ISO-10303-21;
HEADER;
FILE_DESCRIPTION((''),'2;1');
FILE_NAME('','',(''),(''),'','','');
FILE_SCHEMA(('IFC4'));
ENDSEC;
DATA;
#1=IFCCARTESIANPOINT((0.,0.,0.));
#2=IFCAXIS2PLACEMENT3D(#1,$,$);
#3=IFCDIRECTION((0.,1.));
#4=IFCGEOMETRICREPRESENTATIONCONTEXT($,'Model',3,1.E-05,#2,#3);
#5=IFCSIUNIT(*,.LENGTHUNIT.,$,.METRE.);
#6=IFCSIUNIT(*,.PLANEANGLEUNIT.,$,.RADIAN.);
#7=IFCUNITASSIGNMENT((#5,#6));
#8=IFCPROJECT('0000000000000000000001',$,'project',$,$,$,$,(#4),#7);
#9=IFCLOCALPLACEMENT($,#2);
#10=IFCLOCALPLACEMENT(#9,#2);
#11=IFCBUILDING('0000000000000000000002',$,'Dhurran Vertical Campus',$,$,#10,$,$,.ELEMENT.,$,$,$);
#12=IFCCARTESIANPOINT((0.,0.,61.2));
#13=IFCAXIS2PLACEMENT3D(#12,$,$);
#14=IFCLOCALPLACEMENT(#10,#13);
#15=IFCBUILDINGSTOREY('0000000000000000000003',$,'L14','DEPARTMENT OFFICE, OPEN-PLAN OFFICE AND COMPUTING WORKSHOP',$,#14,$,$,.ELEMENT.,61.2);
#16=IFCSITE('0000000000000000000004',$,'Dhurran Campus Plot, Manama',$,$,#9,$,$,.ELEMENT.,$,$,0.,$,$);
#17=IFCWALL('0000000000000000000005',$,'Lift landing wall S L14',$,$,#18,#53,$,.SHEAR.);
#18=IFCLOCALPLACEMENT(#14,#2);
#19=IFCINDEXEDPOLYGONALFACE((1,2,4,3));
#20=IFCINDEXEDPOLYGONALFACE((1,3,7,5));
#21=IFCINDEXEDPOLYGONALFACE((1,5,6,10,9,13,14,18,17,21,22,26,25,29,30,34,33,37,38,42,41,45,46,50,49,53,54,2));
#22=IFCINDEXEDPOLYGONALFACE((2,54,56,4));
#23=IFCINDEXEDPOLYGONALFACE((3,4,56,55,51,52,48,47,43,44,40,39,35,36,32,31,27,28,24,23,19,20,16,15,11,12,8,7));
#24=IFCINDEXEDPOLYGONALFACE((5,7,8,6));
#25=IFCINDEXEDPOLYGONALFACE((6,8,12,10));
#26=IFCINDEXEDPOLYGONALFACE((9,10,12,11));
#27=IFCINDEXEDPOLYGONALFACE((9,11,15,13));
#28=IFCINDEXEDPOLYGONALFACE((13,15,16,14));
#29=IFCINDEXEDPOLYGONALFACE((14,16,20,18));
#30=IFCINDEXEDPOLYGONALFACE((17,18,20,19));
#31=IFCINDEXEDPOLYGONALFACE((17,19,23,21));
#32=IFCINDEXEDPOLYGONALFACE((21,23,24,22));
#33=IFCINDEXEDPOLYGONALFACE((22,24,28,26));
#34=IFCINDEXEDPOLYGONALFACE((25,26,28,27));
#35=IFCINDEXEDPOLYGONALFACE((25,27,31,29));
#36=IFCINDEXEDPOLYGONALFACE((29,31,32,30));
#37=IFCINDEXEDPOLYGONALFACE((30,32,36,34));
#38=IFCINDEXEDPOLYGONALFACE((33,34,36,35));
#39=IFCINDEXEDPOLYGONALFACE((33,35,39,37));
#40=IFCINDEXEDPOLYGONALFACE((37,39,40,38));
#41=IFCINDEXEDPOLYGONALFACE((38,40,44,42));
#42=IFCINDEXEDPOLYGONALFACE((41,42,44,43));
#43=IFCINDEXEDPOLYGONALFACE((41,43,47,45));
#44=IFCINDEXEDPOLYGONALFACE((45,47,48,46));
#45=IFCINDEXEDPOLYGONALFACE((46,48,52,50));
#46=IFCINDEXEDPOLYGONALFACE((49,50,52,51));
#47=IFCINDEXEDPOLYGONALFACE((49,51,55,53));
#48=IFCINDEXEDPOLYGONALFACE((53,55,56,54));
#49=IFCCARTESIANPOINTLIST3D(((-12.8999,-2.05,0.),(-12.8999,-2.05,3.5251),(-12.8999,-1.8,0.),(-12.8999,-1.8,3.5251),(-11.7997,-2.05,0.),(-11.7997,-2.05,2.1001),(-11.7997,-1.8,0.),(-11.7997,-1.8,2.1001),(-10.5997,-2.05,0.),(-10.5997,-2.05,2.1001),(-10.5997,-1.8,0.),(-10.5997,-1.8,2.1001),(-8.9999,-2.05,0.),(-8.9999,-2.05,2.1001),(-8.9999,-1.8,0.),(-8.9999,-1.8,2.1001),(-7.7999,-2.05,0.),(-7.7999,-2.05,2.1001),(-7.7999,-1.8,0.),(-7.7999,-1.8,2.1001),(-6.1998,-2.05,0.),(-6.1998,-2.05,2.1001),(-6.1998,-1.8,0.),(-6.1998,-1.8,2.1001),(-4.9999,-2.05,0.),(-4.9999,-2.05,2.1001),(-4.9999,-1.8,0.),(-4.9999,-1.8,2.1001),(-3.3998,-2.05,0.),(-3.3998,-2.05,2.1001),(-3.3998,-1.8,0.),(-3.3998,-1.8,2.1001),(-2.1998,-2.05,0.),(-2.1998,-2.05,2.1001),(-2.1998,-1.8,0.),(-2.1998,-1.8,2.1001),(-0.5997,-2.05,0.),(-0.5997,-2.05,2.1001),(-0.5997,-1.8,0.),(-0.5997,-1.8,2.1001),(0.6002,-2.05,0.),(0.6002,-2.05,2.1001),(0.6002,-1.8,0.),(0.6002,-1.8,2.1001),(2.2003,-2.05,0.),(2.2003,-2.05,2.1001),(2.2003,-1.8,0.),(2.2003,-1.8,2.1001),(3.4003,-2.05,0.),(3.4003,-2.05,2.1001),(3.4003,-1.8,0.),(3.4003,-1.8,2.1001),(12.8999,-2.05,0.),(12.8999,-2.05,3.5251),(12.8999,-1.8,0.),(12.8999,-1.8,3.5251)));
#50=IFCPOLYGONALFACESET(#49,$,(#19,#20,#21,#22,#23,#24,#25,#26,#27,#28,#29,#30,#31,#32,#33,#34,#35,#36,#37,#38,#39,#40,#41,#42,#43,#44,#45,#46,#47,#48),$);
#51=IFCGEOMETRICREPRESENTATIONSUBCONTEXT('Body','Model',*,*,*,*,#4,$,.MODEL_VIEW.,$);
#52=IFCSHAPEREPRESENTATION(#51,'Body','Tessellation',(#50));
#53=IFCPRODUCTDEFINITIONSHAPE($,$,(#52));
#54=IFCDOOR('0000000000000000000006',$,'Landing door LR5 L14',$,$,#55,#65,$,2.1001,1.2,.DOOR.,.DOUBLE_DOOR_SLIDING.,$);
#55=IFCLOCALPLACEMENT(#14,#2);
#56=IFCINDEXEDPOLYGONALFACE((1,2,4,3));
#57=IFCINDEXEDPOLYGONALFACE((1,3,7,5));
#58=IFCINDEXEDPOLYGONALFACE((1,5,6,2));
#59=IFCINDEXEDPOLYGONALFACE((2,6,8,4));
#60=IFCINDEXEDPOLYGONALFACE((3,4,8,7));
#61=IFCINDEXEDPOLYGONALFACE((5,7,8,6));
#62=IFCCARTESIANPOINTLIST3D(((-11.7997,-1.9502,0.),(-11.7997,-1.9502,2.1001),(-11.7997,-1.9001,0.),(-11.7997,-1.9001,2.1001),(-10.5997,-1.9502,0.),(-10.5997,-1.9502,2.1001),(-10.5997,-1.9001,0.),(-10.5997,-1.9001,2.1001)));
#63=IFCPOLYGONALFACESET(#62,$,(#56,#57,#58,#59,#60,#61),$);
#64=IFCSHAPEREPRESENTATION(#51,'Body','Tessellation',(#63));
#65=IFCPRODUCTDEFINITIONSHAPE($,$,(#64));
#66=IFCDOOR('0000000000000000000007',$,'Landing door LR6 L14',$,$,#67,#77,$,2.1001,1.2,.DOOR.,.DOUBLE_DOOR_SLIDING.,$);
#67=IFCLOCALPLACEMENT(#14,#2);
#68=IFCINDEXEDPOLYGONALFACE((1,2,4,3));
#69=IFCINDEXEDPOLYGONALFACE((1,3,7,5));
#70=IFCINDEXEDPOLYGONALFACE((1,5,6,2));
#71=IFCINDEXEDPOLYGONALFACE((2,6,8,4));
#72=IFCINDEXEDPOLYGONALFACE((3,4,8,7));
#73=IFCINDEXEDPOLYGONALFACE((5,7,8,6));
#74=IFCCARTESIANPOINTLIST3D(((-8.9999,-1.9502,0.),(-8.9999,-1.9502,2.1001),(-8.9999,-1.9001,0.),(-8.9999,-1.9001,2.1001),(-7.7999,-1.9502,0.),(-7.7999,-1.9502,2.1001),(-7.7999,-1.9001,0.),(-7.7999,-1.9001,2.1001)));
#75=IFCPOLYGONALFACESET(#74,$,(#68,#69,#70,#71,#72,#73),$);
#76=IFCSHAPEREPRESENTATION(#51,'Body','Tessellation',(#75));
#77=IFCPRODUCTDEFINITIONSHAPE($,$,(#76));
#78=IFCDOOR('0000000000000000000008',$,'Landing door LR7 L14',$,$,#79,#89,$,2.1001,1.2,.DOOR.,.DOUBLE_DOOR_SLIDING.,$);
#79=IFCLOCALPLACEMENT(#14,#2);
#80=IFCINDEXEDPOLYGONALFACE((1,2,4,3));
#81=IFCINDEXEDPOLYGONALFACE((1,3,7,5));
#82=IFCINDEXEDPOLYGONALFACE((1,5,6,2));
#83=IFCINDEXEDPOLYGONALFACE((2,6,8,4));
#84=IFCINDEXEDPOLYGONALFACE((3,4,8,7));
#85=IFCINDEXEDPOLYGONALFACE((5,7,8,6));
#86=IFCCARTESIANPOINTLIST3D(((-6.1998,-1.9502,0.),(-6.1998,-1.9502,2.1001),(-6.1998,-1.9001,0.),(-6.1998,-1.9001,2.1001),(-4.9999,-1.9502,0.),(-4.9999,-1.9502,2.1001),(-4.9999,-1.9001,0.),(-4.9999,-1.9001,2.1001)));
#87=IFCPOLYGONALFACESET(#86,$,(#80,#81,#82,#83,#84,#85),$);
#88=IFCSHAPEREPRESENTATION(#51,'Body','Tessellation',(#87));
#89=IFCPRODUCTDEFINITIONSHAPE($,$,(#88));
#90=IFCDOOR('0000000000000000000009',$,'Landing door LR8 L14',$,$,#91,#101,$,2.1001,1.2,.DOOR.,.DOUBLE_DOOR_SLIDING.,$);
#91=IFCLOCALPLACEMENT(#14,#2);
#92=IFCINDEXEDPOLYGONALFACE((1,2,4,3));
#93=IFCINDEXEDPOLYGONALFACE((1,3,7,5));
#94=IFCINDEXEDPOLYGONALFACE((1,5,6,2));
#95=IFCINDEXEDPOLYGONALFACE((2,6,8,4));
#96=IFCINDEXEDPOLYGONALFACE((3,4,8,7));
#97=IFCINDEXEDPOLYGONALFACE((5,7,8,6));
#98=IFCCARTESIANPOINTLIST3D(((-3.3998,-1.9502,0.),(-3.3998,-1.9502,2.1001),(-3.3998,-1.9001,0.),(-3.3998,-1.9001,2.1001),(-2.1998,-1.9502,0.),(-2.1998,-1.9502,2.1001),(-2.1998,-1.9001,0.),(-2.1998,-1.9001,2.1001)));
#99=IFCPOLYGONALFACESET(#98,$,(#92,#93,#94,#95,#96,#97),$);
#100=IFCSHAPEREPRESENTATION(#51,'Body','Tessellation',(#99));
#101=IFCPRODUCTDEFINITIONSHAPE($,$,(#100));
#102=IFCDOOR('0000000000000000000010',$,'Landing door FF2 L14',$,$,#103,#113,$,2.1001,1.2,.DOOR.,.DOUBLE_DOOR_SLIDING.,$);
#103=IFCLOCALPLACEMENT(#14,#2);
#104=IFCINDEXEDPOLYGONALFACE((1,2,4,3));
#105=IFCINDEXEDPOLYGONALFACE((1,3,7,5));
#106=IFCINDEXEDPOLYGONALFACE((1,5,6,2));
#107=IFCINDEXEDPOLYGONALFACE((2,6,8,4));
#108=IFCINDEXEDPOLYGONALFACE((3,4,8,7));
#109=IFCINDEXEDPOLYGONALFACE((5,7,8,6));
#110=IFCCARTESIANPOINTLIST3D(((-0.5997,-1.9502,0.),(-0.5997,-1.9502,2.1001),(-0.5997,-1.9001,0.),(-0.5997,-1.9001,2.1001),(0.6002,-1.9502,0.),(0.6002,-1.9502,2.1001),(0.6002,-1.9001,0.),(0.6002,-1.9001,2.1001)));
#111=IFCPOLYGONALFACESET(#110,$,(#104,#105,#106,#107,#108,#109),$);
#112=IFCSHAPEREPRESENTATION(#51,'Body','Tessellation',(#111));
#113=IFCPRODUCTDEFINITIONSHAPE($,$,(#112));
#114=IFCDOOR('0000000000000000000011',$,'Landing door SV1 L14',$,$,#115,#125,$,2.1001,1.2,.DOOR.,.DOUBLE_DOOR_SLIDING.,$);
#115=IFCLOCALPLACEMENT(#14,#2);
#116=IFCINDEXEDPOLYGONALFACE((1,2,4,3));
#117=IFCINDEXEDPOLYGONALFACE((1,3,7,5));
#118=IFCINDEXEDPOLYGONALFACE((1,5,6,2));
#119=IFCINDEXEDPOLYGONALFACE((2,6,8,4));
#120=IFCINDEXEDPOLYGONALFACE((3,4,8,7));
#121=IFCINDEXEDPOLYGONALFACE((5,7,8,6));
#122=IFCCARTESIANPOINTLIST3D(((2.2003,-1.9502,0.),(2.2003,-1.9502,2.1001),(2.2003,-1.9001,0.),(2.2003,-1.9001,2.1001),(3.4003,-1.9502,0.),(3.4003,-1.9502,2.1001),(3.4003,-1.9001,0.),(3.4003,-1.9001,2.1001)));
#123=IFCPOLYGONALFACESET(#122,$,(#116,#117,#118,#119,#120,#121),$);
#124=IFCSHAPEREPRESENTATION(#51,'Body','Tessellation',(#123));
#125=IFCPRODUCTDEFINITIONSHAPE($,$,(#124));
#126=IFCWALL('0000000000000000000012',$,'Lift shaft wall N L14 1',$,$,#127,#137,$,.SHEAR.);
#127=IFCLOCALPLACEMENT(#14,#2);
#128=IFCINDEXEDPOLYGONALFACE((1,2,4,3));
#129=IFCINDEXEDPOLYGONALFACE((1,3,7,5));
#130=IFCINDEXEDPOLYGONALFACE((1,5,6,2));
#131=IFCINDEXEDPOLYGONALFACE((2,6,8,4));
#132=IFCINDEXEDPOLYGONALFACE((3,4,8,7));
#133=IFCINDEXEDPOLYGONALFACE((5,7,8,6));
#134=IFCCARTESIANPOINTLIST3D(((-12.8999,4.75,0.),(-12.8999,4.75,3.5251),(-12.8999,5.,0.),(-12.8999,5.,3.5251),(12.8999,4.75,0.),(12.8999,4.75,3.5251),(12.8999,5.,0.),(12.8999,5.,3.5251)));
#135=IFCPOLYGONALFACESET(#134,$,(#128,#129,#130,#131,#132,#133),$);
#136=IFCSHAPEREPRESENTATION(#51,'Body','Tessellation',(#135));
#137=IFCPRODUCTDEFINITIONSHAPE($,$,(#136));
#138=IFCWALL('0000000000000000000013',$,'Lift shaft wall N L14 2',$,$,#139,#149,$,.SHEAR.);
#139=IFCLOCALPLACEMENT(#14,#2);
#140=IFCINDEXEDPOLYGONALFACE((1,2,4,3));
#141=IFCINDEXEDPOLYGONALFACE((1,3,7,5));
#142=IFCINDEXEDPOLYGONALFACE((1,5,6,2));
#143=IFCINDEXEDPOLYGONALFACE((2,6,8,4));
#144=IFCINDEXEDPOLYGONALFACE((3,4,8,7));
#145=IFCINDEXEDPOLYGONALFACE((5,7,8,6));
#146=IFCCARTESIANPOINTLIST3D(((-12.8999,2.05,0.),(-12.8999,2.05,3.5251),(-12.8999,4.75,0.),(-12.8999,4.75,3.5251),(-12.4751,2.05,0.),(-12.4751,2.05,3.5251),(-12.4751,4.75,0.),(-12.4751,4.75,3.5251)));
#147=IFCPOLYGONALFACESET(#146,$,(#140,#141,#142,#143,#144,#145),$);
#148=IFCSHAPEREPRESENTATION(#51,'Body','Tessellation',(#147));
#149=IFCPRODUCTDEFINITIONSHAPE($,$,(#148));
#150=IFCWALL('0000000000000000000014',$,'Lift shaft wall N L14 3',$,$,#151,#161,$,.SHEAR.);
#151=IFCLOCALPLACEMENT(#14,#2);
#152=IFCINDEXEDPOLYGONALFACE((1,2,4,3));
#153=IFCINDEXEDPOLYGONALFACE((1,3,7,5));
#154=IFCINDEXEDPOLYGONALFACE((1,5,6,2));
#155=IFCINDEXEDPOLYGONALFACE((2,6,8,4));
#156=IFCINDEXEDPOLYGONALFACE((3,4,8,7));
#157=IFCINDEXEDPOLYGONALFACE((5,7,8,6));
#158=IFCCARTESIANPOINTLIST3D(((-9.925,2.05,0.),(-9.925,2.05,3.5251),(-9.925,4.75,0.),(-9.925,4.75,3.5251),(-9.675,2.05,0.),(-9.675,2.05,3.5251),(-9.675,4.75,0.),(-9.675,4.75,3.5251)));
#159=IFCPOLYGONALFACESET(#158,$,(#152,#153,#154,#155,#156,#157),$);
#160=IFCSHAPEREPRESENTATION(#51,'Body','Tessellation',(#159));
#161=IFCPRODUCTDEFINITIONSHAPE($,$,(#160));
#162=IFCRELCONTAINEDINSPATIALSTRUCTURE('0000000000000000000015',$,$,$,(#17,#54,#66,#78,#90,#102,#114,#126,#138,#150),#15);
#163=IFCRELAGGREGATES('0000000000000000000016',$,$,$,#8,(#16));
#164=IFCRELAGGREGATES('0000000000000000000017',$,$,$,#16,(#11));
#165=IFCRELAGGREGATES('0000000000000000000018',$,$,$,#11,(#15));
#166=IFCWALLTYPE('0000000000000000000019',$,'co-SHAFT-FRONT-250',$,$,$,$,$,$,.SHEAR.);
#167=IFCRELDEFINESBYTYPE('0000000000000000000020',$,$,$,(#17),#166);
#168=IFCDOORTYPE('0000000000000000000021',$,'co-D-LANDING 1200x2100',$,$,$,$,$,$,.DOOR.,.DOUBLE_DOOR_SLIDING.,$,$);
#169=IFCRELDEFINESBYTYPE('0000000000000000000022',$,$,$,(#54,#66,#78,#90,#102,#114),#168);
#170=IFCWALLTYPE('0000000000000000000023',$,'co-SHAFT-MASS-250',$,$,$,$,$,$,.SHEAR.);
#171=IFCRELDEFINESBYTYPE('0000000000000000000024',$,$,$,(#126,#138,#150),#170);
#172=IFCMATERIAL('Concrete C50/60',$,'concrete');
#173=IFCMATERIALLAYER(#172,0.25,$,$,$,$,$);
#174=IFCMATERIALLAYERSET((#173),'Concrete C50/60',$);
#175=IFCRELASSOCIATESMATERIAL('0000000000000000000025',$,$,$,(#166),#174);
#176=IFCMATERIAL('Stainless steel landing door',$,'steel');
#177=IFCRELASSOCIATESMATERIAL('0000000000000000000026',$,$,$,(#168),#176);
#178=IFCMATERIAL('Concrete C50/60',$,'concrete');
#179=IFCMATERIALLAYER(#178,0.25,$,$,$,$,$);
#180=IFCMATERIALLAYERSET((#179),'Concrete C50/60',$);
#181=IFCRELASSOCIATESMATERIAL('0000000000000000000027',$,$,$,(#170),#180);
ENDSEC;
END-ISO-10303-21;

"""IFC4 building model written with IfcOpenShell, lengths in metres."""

from ifc_helpers import new_model, si_unit, direction, frame, frame_2d, origin, place, context, subcontext, project, spatial, polyline, rectangle, outline, extrude, material, layer, layer_set, type_object, element, fill, save


model = new_model("IFC4")

# Units and contexts
model_context = context("Model", 3, precision=1e-05, world=origin(), true_north=direction((0.0, 1.0)))
body_context = subcontext(model_context, "Body", "Model", "MODEL_VIEW")
ifc_project = project(units=[si_unit("LENGTHUNIT", "METRE"), si_unit("PLANEANGLEUNIT", "RADIAN")], contexts=[model_context])

# Site, building, storey
site_placement = place(None, origin())
site = spatial("IfcSite", under=ifc_project, at=site_placement, Name="Dhurran Campus Plot, Manama", CompositionType="ELEMENT", RefElevation=0.0)
building_placement = place(site_placement, origin())
building = spatial("IfcBuilding", under=site, at=building_placement, Name="Dhurran Vertical Campus", CompositionType="ELEMENT")
storey_placement = place(building_placement, frame((0.0, 0.0, 61.2)))
storey = spatial("IfcBuildingStorey", under=building, at=storey_placement, Name="L14", Description="DEPARTMENT OFFICE, OPEN-PLAN OFFICE AND COMPUTING WORKSHOP", CompositionType="ELEMENT", Elevation=61.2)

# Wall, openings, doors
ifc_material_1 = material(Name="Concrete C50/60", Category="concrete")
ifc_layer_1 = layer(ifc_material_1, 0.25)
ifc_layer_set_1 = layer_set([ifc_layer_1], Name="Concrete C50/60")
wall_type_1 = type_object("IfcWallType", Name="co-SHAFT-FRONT-250", PredefinedType="SHEAR", material=ifc_layer_set_1)
wall_1_placement = place(storey_placement, frame((-12.8999, -1.925, 0.0), z_axis=(0.0, 0.0, 1.0), x_axis=(1.0, 0.0, 0.0)))
wall_1 = element("IfcWall", 1, at=wall_1_placement, inside=storey, type_object=wall_type_1, Name="Lift landing wall S L14", PredefinedType="SHEAR", context=body_context, shape_type="SweptSolid", body=[
    extrude(rectangle(XDim=25.7998, YDim=0.25, at=frame_2d((12.8999, 0.0))), origin(), (0.0, 0.0, 1.0), 3.5251),
])
opening_1_placement = place(wall_1_placement, frame((1.1001, 0.0, 0.0)))
opening_1 = element("IfcOpeningElement", 2, at=opening_1_placement, cuts=wall_1, PredefinedType="OPENING", context=body_context, shape_type="SweptSolid", body=[
    extrude(rectangle(XDim=1.2, YDim=2.1001, at=frame_2d((0.6001, 1.05))), frame((0.0, 0.135, 0.0), z_axis=(0.0, -1.0, 0.0), x_axis=(1.0, 0.0, 0.0)), (0.0, 0.0, 1.0), 0.27),
])
opening_2_placement = place(wall_1_placement, frame((3.8999, 0.0, 0.0)))
opening_2 = element("IfcOpeningElement", 3, at=opening_2_placement, cuts=wall_1, PredefinedType="OPENING", context=body_context, shape_type="SweptSolid", body=[
    extrude(rectangle(XDim=1.2, YDim=2.1001, at=frame_2d((0.6001, 1.05))), frame((0.0, 0.135, 0.0), z_axis=(0.0, -1.0, 0.0), x_axis=(1.0, 0.0, 0.0)), (0.0, 0.0, 1.0), 0.27),
])
opening_3_placement = place(wall_1_placement, frame((6.7, 0.0, 0.0)))
opening_3 = element("IfcOpeningElement", 4, at=opening_3_placement, cuts=wall_1, PredefinedType="OPENING", context=body_context, shape_type="SweptSolid", body=[
    extrude(rectangle(XDim=1.2, YDim=2.1001, at=frame_2d((0.6001, 1.05))), frame((0.0, 0.135, 0.0), z_axis=(0.0, -1.0, 0.0), x_axis=(1.0, 0.0, 0.0)), (0.0, 0.0, 1.0), 0.27),
])
opening_4_placement = place(wall_1_placement, frame((9.5, 0.0, 0.0)))
opening_4 = element("IfcOpeningElement", 5, at=opening_4_placement, cuts=wall_1, PredefinedType="OPENING", context=body_context, shape_type="SweptSolid", body=[
    extrude(rectangle(XDim=1.2, YDim=2.1001, at=frame_2d((0.6001, 1.05))), frame((0.0, 0.135, 0.0), z_axis=(0.0, -1.0, 0.0), x_axis=(1.0, 0.0, 0.0)), (0.0, 0.0, 1.0), 0.27),
])
opening_5_placement = place(wall_1_placement, frame((12.3, 0.0, 0.0)))
opening_5 = element("IfcOpeningElement", 6, at=opening_5_placement, cuts=wall_1, PredefinedType="OPENING", context=body_context, shape_type="SweptSolid", body=[
    extrude(rectangle(XDim=1.2, YDim=2.1001, at=frame_2d((0.6001, 1.05))), frame((0.0, 0.135, 0.0), z_axis=(0.0, -1.0, 0.0), x_axis=(1.0, 0.0, 0.0)), (0.0, 0.0, 1.0), 0.27),
])
opening_6_placement = place(wall_1_placement, frame((15.1001, 0.0, 0.0)))
opening_6 = element("IfcOpeningElement", 7, at=opening_6_placement, cuts=wall_1, PredefinedType="OPENING", context=body_context, shape_type="SweptSolid", body=[
    extrude(rectangle(XDim=1.2, YDim=2.1001, at=frame_2d((0.6001, 1.05))), frame((0.0, 0.135, 0.0), z_axis=(0.0, -1.0, 0.0), x_axis=(1.0, 0.0, 0.0)), (0.0, 0.0, 1.0), 0.27),
])
ifc_material_2 = material(Name="Stainless steel landing door", Category="steel")
door_type_1 = type_object("IfcDoorType", Name="co-D-LANDING 1200x2100", OperationType="DOUBLE_DOOR_SLIDING", PredefinedType="DOOR", material=ifc_material_2)
door_1_placement = place(opening_1_placement, origin())
door_1 = element("IfcDoor", 8, at=door_1_placement, inside=storey, type_object=door_type_1, Name="Landing door LR5 L14", OperationType="DOUBLE_DOOR_SLIDING", OverallHeight=2.1001, OverallWidth=1.2, PredefinedType="DOOR", context=body_context, shape_type="SweptSolid", body=[
    extrude(rectangle(XDim=1.2, YDim=2.1001, at=frame_2d((0.6001, 1.05))), frame((0.0, 0.0249, 0.0), z_axis=(0.0, -1.0, 0.0), x_axis=(1.0, 0.0, 0.0)), (0.0, 0.0, 1.0), 0.05),
])
fill(opening_1, door_1)
door_2_placement = place(opening_2_placement, origin())
door_2 = element("IfcDoor", 9, at=door_2_placement, inside=storey, type_object=door_type_1, Name="Landing door LR6 L14", OperationType="DOUBLE_DOOR_SLIDING", OverallHeight=2.1001, OverallWidth=1.2, PredefinedType="DOOR", context=body_context, shape_type="SweptSolid", body=[
    extrude(rectangle(XDim=1.2, YDim=2.1001, at=frame_2d((0.6001, 1.05))), frame((0.0, 0.0249, 0.0), z_axis=(0.0, -1.0, 0.0), x_axis=(1.0, 0.0, 0.0)), (0.0, 0.0, 1.0), 0.05),
])
fill(opening_2, door_2)
door_3_placement = place(opening_3_placement, origin())
door_3 = element("IfcDoor", 10, at=door_3_placement, inside=storey, type_object=door_type_1, Name="Landing door LR7 L14", OperationType="DOUBLE_DOOR_SLIDING", OverallHeight=2.1001, OverallWidth=1.2, PredefinedType="DOOR", context=body_context, shape_type="SweptSolid", body=[
    extrude(rectangle(XDim=1.2, YDim=2.1001, at=frame_2d((0.6001, 1.05))), frame((0.0, 0.0249, 0.0), z_axis=(0.0, -1.0, 0.0), x_axis=(1.0, 0.0, 0.0)), (0.0, 0.0, 1.0), 0.05),
])
fill(opening_3, door_3)
door_4_placement = place(opening_4_placement, origin())
door_4 = element("IfcDoor", 11, at=door_4_placement, inside=storey, type_object=door_type_1, Name="Landing door LR8 L14", OperationType="DOUBLE_DOOR_SLIDING", OverallHeight=2.1001, OverallWidth=1.2, PredefinedType="DOOR", context=body_context, shape_type="SweptSolid", body=[
    extrude(rectangle(XDim=1.2, YDim=2.1001, at=frame_2d((0.6001, 1.05))), frame((0.0, 0.0249, 0.0), z_axis=(0.0, -1.0, 0.0), x_axis=(1.0, 0.0, 0.0)), (0.0, 0.0, 1.0), 0.05),
])
fill(opening_4, door_4)
door_5_placement = place(opening_5_placement, origin())
door_5 = element("IfcDoor", 12, at=door_5_placement, inside=storey, type_object=door_type_1, Name="Landing door FF2 L14", OperationType="DOUBLE_DOOR_SLIDING", OverallHeight=2.1001, OverallWidth=1.2, PredefinedType="DOOR", context=body_context, shape_type="SweptSolid", body=[
    extrude(rectangle(XDim=1.2, YDim=2.1001, at=frame_2d((0.6001, 1.05))), frame((0.0, 0.0249, 0.0), z_axis=(0.0, -1.0, 0.0), x_axis=(1.0, 0.0, 0.0)), (0.0, 0.0, 1.0), 0.05),
])
fill(opening_5, door_5)
door_6_placement = place(opening_6_placement, origin())
door_6 = element("IfcDoor", 13, at=door_6_placement, inside=storey, type_object=door_type_1, Name="Landing door SV1 L14", OperationType="DOUBLE_DOOR_SLIDING", OverallHeight=2.1001, OverallWidth=1.2, PredefinedType="DOOR", context=body_context, shape_type="SweptSolid", body=[
    extrude(rectangle(XDim=1.2, YDim=2.1001, at=frame_2d((0.6001, 1.05))), frame((0.0, 0.0249, 0.0), z_axis=(0.0, -1.0, 0.0), x_axis=(1.0, 0.0, 0.0)), (0.0, 0.0, 1.0), 0.05),
])
fill(opening_6, door_6)

# Walls
ifc_material_3 = material(Name="Concrete C50/60", Category="concrete")
ifc_layer_2 = layer(ifc_material_3, 0.25)
ifc_layer_set_2 = layer_set([ifc_layer_2], Name="Concrete C50/60")
wall_type_2 = type_object("IfcWallType", Name="co-SHAFT-MASS-250", PredefinedType="SHEAR", material=ifc_layer_set_2)
wall_2_placement = place(storey_placement, origin())
element("IfcWall", 14, at=wall_2_placement, inside=storey, type_object=wall_type_2, Name="Lift shaft wall N L14 1", PredefinedType="SHEAR", context=body_context, shape_type="SweptSolid", body=[
    extrude(outline(polyline([(-12.8999, 4.75), (12.8999, 4.75), (12.8999, 5.0), (-12.8999, 5.0), (-12.8999, 4.75)])), origin(), (0.0, 0.0, 1.0), 3.5251),
])
wall_3_placement = place(storey_placement, origin())
element("IfcWall", 15, at=wall_3_placement, inside=storey, type_object=wall_type_2, Name="Lift shaft wall N L14 2", PredefinedType="SHEAR", context=body_context, shape_type="SweptSolid", body=[
    extrude(outline(polyline([(-12.8999, 2.05), (-12.4751, 2.05), (-12.4751, 4.75), (-12.8999, 4.75), (-12.8999, 2.05)])), origin(), (0.0, 0.0, 1.0), 3.5251),
])
wall_4_placement = place(storey_placement, origin())
element("IfcWall", 16, at=wall_4_placement, inside=storey, type_object=wall_type_2, Name="Lift shaft wall N L14 3", PredefinedType="SHEAR", context=body_context, shape_type="SweptSolid", body=[
    extrude(outline(polyline([(-9.925, 2.05), (-9.675, 2.05), (-9.675, 4.75), (-9.925, 4.75), (-9.925, 2.05)])), origin(), (0.0, 0.0, 1.0), 3.5251),
])

save(model, "model.ifc")
